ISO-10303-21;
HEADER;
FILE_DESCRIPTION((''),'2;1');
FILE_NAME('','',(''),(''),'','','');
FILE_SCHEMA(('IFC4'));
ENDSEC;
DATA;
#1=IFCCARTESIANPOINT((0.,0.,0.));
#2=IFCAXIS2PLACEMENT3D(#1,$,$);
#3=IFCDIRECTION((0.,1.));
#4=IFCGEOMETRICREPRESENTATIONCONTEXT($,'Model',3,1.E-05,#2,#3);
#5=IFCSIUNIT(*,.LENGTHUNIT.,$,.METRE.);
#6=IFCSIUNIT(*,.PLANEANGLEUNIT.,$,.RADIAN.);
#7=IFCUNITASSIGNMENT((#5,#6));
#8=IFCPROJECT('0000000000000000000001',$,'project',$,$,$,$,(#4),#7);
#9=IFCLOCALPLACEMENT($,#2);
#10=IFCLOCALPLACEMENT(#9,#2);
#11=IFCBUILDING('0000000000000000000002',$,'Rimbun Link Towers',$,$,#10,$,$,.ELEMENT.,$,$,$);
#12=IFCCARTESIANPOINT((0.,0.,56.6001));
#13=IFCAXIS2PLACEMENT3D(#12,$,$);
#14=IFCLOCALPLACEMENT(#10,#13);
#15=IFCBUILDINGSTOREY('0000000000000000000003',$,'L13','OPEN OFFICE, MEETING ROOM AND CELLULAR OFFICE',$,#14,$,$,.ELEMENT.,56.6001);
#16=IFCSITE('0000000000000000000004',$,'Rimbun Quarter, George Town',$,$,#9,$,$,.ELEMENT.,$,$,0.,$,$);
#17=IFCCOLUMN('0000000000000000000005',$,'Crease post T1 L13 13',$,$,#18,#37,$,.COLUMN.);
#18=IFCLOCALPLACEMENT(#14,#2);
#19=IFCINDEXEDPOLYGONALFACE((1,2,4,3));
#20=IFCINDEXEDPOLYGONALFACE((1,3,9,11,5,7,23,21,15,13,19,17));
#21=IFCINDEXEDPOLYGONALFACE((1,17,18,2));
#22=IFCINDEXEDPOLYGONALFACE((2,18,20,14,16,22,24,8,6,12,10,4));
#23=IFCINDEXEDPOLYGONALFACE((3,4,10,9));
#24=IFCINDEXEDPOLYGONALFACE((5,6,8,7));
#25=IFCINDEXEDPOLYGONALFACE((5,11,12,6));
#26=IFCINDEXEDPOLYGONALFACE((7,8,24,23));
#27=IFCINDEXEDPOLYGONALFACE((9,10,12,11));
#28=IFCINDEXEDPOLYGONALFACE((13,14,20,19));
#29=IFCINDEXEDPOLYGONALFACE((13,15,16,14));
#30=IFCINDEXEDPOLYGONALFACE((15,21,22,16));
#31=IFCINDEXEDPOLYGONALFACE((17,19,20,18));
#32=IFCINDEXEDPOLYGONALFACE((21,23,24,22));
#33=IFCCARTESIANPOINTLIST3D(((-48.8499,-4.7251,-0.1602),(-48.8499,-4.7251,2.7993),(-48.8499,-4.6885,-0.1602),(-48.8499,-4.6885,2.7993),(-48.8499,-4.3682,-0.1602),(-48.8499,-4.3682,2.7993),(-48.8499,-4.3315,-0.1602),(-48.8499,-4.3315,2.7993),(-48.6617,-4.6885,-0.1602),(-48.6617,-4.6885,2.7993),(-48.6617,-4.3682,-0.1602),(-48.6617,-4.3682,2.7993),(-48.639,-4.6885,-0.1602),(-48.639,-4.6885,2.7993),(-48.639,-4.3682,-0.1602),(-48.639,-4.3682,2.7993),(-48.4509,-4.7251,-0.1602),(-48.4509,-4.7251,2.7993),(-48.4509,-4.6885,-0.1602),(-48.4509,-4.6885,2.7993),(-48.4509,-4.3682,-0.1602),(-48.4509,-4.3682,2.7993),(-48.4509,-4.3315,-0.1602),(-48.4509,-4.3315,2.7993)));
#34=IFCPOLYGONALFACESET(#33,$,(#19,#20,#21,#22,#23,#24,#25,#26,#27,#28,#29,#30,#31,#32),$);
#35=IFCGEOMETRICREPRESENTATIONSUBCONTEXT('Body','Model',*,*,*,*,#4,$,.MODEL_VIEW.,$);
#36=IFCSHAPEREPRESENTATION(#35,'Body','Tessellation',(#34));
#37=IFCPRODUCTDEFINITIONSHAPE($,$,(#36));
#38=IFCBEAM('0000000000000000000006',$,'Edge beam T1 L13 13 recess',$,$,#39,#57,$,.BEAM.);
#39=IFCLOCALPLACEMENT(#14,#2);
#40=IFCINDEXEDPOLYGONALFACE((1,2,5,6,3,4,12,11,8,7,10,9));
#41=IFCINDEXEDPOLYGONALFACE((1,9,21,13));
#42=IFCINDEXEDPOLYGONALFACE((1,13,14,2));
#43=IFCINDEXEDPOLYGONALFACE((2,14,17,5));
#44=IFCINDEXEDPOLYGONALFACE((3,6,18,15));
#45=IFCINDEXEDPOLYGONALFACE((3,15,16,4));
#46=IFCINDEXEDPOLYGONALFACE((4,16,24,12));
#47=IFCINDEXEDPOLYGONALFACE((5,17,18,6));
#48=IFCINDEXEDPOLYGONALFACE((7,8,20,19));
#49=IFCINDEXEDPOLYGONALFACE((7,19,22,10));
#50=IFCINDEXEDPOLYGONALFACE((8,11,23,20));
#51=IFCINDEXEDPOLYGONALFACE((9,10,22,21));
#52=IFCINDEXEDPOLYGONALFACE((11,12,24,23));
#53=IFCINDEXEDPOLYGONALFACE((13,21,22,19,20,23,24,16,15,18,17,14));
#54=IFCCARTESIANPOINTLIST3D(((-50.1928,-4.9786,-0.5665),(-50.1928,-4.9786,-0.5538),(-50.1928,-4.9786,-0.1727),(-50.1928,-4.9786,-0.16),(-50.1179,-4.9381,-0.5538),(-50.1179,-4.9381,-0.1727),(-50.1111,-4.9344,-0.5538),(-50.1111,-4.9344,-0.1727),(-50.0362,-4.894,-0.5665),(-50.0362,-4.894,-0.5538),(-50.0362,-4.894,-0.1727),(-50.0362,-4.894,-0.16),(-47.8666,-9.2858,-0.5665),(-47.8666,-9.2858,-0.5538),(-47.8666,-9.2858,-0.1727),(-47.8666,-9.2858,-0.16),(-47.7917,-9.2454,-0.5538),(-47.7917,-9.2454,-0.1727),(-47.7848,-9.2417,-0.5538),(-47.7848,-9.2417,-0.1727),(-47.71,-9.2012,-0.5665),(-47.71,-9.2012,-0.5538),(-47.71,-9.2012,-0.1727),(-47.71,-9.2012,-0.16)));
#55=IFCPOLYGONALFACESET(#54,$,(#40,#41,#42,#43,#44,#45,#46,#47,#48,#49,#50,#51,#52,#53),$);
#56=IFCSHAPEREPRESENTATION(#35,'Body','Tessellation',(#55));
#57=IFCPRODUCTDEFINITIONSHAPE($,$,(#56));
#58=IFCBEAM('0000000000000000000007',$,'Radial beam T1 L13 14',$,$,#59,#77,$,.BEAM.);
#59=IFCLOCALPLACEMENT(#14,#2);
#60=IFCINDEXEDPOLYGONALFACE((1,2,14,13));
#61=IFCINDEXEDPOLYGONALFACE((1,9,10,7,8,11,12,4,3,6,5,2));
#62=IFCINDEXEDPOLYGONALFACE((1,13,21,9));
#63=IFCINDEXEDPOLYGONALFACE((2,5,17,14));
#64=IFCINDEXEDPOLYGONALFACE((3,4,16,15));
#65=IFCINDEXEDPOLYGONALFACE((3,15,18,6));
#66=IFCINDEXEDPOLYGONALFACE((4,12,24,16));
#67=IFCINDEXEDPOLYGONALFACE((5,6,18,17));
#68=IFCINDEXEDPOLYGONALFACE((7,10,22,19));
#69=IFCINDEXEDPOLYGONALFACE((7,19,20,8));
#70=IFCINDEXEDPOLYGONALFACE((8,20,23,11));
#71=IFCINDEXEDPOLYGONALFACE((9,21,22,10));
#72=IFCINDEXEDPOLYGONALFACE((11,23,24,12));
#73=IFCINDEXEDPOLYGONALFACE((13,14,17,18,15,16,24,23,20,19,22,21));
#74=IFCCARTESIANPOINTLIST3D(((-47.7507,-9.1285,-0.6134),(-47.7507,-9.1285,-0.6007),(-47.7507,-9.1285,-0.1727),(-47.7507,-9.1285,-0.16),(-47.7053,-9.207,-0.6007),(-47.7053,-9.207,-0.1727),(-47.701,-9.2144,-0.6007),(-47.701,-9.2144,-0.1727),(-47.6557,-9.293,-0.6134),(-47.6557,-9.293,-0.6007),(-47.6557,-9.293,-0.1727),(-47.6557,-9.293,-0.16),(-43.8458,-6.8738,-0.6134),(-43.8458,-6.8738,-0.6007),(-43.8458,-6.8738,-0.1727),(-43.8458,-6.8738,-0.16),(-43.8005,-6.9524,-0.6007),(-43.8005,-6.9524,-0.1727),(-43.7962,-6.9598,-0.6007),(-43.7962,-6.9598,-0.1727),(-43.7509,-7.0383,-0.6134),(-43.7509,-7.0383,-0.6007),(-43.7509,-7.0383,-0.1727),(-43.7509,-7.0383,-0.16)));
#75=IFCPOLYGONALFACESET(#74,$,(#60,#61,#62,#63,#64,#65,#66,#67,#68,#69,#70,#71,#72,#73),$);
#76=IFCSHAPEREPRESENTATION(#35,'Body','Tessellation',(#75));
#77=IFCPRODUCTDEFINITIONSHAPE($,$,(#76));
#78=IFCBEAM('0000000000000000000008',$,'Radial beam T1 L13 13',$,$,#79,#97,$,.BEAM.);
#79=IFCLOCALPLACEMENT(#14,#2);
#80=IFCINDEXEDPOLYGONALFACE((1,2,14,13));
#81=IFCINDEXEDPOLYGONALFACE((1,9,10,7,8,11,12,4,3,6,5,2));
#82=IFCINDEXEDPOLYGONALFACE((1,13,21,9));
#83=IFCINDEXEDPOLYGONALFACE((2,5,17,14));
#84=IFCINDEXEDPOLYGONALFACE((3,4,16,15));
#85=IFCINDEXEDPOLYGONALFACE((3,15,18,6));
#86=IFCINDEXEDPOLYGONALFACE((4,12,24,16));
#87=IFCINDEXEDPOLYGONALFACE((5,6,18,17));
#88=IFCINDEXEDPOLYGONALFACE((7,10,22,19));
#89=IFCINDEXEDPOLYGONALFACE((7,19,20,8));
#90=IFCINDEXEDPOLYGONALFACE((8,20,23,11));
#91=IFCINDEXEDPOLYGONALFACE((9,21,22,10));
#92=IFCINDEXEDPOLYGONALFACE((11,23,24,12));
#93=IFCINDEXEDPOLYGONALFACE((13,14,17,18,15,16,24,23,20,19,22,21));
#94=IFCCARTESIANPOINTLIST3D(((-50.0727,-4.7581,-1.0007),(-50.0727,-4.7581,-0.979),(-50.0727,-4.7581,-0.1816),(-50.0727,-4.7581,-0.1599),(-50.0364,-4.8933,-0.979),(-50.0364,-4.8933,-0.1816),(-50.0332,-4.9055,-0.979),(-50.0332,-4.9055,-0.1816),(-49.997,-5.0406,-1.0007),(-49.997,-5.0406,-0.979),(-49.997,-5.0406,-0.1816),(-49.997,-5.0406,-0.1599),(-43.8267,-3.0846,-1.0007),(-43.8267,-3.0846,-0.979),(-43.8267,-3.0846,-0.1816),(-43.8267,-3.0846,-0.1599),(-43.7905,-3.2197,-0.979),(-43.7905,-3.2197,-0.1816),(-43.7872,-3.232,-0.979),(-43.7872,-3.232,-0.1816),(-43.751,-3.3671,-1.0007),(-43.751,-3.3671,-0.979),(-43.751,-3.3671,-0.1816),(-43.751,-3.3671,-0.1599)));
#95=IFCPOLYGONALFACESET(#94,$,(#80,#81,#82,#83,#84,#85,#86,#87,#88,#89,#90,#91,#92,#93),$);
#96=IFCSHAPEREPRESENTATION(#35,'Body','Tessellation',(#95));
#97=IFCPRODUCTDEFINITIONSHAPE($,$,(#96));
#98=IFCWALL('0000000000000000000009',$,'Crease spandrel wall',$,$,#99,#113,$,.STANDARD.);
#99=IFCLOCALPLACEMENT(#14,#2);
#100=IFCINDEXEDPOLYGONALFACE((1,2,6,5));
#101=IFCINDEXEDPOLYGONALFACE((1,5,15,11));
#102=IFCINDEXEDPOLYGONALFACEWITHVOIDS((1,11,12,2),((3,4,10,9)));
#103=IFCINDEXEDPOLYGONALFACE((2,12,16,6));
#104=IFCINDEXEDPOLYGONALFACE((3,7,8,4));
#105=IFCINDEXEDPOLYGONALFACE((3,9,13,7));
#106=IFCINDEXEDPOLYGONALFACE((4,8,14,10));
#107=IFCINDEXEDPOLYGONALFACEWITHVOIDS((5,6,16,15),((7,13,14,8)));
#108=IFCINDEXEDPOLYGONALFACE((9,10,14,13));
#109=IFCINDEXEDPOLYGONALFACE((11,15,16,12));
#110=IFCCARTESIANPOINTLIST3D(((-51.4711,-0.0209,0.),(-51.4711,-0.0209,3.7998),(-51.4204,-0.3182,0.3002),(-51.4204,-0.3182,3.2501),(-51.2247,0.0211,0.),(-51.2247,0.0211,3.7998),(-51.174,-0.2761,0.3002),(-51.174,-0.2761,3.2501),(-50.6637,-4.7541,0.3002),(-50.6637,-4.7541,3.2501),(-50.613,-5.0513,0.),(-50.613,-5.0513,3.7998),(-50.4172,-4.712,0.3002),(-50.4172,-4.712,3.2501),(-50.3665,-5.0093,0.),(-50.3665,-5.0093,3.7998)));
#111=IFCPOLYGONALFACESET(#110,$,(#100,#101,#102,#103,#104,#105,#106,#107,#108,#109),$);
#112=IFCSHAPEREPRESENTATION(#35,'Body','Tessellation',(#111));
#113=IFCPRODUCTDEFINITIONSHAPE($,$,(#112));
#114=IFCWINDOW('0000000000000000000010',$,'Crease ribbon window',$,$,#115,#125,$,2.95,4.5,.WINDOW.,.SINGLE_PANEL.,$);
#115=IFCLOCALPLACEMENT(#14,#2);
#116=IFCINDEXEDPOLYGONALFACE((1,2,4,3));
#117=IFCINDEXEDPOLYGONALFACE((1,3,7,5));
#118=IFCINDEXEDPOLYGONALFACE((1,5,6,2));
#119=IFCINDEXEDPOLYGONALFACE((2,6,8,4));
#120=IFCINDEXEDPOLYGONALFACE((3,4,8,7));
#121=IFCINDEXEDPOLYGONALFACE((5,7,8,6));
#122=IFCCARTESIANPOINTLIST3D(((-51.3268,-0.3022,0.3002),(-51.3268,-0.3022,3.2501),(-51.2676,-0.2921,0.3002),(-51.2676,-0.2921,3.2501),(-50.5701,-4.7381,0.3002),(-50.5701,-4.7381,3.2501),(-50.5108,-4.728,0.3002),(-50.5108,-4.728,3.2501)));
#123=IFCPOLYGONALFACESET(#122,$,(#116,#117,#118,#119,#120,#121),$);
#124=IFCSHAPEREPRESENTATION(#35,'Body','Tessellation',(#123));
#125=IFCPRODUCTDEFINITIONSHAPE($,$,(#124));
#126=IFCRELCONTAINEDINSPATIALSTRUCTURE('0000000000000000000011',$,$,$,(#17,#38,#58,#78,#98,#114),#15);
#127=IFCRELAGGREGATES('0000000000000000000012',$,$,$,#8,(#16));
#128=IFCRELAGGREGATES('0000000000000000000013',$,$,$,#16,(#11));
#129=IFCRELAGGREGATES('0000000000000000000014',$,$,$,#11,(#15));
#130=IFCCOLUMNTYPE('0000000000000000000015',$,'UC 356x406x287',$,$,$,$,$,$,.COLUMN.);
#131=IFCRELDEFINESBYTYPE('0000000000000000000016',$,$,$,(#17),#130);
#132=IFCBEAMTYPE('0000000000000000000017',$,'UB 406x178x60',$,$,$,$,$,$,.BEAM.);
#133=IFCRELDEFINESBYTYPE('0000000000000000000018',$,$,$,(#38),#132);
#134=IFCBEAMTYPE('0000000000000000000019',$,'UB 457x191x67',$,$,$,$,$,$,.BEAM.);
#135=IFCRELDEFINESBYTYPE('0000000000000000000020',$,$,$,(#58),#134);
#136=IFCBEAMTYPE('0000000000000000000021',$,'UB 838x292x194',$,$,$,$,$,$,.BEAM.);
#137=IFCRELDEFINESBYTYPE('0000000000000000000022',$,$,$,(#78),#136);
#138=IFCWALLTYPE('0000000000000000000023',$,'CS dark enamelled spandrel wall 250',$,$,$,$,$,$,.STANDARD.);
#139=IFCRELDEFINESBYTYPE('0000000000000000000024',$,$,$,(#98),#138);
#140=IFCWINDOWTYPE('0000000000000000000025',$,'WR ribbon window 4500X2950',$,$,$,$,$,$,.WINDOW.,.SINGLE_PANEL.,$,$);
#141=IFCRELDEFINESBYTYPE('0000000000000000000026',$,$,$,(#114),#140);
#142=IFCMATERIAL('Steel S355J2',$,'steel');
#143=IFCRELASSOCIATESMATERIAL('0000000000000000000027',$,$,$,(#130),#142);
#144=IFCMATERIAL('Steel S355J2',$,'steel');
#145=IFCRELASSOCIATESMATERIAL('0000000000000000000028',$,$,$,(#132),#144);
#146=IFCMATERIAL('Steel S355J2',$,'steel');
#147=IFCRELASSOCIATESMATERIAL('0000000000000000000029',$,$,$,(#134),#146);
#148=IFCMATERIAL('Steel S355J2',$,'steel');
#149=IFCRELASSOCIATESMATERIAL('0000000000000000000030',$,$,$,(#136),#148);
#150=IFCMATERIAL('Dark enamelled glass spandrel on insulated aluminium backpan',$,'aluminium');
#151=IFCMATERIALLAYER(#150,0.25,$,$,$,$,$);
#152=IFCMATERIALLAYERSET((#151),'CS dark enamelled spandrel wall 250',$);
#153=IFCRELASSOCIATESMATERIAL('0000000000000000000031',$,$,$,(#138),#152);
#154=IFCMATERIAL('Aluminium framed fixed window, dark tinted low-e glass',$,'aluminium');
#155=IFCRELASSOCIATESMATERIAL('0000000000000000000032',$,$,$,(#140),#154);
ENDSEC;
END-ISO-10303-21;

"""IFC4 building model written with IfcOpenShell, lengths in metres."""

from ifc_helpers import new_model, si_unit, direction, frame, frame_2d, origin, origin_2d, place, context, subcontext, project, spatial, rectangle, i_section, extrude, material, layer, layer_set, material_profile, profile_set, type_object, element, fill, save


model = new_model("IFC4")

# Units and contexts
model_context = context("Model", 3, precision=1e-05, world=origin(), true_north=direction((0.0, 1.0)))
body_context = subcontext(model_context, "Body", "Model", "MODEL_VIEW")
ifc_project = project(units=[si_unit("LENGTHUNIT", "METRE"), si_unit("PLANEANGLEUNIT", "RADIAN")], contexts=[model_context])

# Site, building, storey
site_placement = place(None, origin())
site = spatial("IfcSite", under=ifc_project, at=site_placement, Name="Rimbun Quarter, George Town", CompositionType="ELEMENT", RefElevation=0.0)
building_placement = place(site_placement, origin())
building = spatial("IfcBuilding", under=site, at=building_placement, Name="Rimbun Link Towers", CompositionType="ELEMENT")
storey_placement = place(building_placement, frame((0.0, 0.0, 56.6001)))
storey = spatial("IfcBuildingStorey", under=building, at=storey_placement, Name="L13", Description="OPEN OFFICE, MEETING ROOM AND CELLULAR OFFICE", CompositionType="ELEMENT", Elevation=56.6001)

# Column
ifc_material_1 = material(Name="Steel S355J2", Category="steel")
ifc_material_profile_1 = material_profile(ifc_material_1, i_section(OverallWidth=0.3989, OverallDepth=0.3936, WebThickness=0.0227, FlangeThickness=0.0366, at=origin_2d()), Name="UC 356x406x287")
ifc_profile_set_1 = profile_set([ifc_material_profile_1], Name="Steel S355J2")
column_type = type_object("IfcColumnType", Name="UC 356x406x287", PredefinedType="COLUMN", material=ifc_profile_set_1)
column_placement = place(storey_placement, frame((-48.6504, -4.5283, -0.1602), z_axis=(0.0, 0.0, 1.0), x_axis=(1.0, 0.0, 0.0)))
element("IfcColumn", 1, at=column_placement, inside=storey, type_object=column_type, Name="Crease post T1 L13 13", PredefinedType="COLUMN", context=body_context, shape_type="SweptSolid", body=[
    extrude(i_section(OverallWidth=0.3989, OverallDepth=0.3936, WebThickness=0.0227, FlangeThickness=0.0366, at=origin_2d()), origin(), (0.0, 0.0, 1.0), 2.9595),
])

# Beams
ifc_material_2 = material(Name="Steel S355J2", Category="steel")
ifc_material_profile_2 = material_profile(ifc_material_2, i_section(OverallWidth=0.178, OverallDepth=0.4065, WebThickness=0.0078, FlangeThickness=0.0127, at=origin_2d()), Name="UB 406x178x60")
ifc_profile_set_2 = profile_set([ifc_material_profile_2], Name="Steel S355J2")
beam_type_1 = type_object("IfcBeamType", Name="UB 406x178x60", PredefinedType="BEAM", material=ifc_profile_set_2)
beam_1_placement = place(storey_placement, frame((-50.1145, -4.9363, -0.3633), z_axis=(0.4752, -0.879878, 0.0), x_axis=(0.879878, 0.4752, 0.0)))
element("IfcBeam", 2, at=beam_1_placement, inside=storey, type_object=beam_type_1, Name="Edge beam T1 L13 13 recess", PredefinedType="BEAM", context=body_context, shape_type="SweptSolid", body=[
    extrude(i_section(OverallWidth=0.178, OverallDepth=0.4065, WebThickness=0.0078, FlangeThickness=0.0127, at=origin_2d()), origin(), (0.0, 0.0, 1.0), 4.8953),
])
ifc_material_3 = material(Name="Steel S355J2", Category="steel")
ifc_material_profile_3 = material_profile(ifc_material_3, i_section(OverallWidth=0.1899, OverallDepth=0.4534, WebThickness=0.0085, FlangeThickness=0.0127, at=origin_2d()), Name="UB 457x191x67")
ifc_profile_set_3 = profile_set([ifc_material_profile_3], Name="Steel S355J2")
beam_type_2 = type_object("IfcBeamType", Name="UB 457x191x67", PredefinedType="BEAM", material=ifc_profile_set_3)
beam_2_placement = place(storey_placement, frame((-43.7983, -6.9561, -0.3867), z_axis=(-0.866005, -0.500035, 0.0), x_axis=(0.500035, -0.866005, 0.0)))
element("IfcBeam", 3, at=beam_2_placement, inside=storey, type_object=beam_type_2, Name="Radial beam T1 L13 14", PredefinedType="BEAM", context=body_context, shape_type="SweptSolid", body=[
    extrude(i_section(OverallWidth=0.1899, OverallDepth=0.4534, WebThickness=0.0085, FlangeThickness=0.0127, at=origin_2d()), origin(), (0.0, 0.0, 1.0), 4.509),
])
ifc_material_4 = material(Name="Steel S355J2", Category="steel")
ifc_material_profile_4 = material_profile(ifc_material_4, i_section(OverallWidth=0.2925, OverallDepth=0.8408, WebThickness=0.0127, FlangeThickness=0.0217, at=origin_2d()), Name="UB 838x292x194")
ifc_profile_set_4 = profile_set([ifc_material_profile_4], Name="Steel S355J2")
beam_type_3 = type_object("IfcBeamType", Name="UB 838x292x194", PredefinedType="BEAM", material=ifc_profile_set_4)
beam_3_placement = place(storey_placement, frame((-43.7888, -3.2258, -0.5803), z_axis=(-0.965928, -0.258812, 0.0), x_axis=(0.258812, -0.965928, 0.0)))
element("IfcBeam", 4, at=beam_3_placement, inside=storey, type_object=beam_type_3, Name="Radial beam T1 L13 13", PredefinedType="BEAM", context=body_context, shape_type="SweptSolid", body=[
    extrude(i_section(OverallWidth=0.2925, OverallDepth=0.8408, WebThickness=0.0127, FlangeThickness=0.0217, at=origin_2d()), origin(), (0.0, 0.0, 1.0), 6.4663),
])

# Wall, opening, window
ifc_material_5 = material(Name="Dark enamelled glass spandrel on insulated aluminium backpan", Category="aluminium")
ifc_layer_1 = layer(ifc_material_5, 0.25)
ifc_layer_set_1 = layer_set([ifc_layer_1], Name="CS dark enamelled spandrel wall 250")
wall_type_1 = type_object("IfcWallType", Name="CS dark enamelled spandrel wall 250", PredefinedType="STANDARD", material=ifc_layer_set_1)
wall_1_placement = place(storey_placement, frame((-50.4897, -5.0303, 0.0), z_axis=(0.0, 0.0, 1.0), x_axis=(-0.168168, 0.985758, 0.0)))
wall_1 = element("IfcWall", 5, at=wall_1_placement, inside=storey, type_object=wall_type_1, Name="Crease spandrel wall", PredefinedType="STANDARD", context=body_context, shape_type="SweptSolid", body=[
    extrude(rectangle(XDim=5.103, YDim=0.25, at=frame_2d((2.5515, 0.0))), origin(), (0.0, 0.0, 1.0), 3.7998),
])
opening_1_placement = place(wall_1_placement, frame((0.3015, 0.0, 0.3)))
opening_1 = element("IfcOpeningElement", 6, at=opening_1_placement, cuts=wall_1, PredefinedType="OPENING", context=body_context, shape_type="SweptSolid", body=[
    extrude(rectangle(XDim=4.5, YDim=2.95, at=frame_2d((2.25, 1.4751))), frame((0.0, 0.135, 0.0), z_axis=(0.0, -1.0, 0.0), x_axis=(1.0, 0.0, 0.0)), (0.0, 0.0, 1.0), 0.27),
])
ifc_material_6 = material(Name="Aluminium framed fixed window, dark tinted low-e glass", Category="aluminium")
window_type = type_object("IfcWindowType", Name="WR ribbon window 4500X2950", PartitioningType="SINGLE_PANEL", PredefinedType="WINDOW", material=ifc_material_6)
window_placement = place(opening_1_placement, origin())
window = element("IfcWindow", 7, at=window_placement, inside=storey, type_object=window_type, Name="Crease ribbon window", OverallHeight=2.95, OverallWidth=4.5, PartitioningType="SINGLE_PANEL", PredefinedType="WINDOW", context=body_context, shape_type="SweptSolid", body=[
    extrude(rectangle(XDim=4.5, YDim=2.95, at=frame_2d((2.25, 1.4751))), frame((0.0, 0.03, 0.0), z_axis=(0.0, -1.0, 0.0), x_axis=(1.0, 0.0, 0.0)), (0.0, 0.0, 1.0), 0.0601),
])
fill(opening_1, window)

save(model, "model.ifc")
